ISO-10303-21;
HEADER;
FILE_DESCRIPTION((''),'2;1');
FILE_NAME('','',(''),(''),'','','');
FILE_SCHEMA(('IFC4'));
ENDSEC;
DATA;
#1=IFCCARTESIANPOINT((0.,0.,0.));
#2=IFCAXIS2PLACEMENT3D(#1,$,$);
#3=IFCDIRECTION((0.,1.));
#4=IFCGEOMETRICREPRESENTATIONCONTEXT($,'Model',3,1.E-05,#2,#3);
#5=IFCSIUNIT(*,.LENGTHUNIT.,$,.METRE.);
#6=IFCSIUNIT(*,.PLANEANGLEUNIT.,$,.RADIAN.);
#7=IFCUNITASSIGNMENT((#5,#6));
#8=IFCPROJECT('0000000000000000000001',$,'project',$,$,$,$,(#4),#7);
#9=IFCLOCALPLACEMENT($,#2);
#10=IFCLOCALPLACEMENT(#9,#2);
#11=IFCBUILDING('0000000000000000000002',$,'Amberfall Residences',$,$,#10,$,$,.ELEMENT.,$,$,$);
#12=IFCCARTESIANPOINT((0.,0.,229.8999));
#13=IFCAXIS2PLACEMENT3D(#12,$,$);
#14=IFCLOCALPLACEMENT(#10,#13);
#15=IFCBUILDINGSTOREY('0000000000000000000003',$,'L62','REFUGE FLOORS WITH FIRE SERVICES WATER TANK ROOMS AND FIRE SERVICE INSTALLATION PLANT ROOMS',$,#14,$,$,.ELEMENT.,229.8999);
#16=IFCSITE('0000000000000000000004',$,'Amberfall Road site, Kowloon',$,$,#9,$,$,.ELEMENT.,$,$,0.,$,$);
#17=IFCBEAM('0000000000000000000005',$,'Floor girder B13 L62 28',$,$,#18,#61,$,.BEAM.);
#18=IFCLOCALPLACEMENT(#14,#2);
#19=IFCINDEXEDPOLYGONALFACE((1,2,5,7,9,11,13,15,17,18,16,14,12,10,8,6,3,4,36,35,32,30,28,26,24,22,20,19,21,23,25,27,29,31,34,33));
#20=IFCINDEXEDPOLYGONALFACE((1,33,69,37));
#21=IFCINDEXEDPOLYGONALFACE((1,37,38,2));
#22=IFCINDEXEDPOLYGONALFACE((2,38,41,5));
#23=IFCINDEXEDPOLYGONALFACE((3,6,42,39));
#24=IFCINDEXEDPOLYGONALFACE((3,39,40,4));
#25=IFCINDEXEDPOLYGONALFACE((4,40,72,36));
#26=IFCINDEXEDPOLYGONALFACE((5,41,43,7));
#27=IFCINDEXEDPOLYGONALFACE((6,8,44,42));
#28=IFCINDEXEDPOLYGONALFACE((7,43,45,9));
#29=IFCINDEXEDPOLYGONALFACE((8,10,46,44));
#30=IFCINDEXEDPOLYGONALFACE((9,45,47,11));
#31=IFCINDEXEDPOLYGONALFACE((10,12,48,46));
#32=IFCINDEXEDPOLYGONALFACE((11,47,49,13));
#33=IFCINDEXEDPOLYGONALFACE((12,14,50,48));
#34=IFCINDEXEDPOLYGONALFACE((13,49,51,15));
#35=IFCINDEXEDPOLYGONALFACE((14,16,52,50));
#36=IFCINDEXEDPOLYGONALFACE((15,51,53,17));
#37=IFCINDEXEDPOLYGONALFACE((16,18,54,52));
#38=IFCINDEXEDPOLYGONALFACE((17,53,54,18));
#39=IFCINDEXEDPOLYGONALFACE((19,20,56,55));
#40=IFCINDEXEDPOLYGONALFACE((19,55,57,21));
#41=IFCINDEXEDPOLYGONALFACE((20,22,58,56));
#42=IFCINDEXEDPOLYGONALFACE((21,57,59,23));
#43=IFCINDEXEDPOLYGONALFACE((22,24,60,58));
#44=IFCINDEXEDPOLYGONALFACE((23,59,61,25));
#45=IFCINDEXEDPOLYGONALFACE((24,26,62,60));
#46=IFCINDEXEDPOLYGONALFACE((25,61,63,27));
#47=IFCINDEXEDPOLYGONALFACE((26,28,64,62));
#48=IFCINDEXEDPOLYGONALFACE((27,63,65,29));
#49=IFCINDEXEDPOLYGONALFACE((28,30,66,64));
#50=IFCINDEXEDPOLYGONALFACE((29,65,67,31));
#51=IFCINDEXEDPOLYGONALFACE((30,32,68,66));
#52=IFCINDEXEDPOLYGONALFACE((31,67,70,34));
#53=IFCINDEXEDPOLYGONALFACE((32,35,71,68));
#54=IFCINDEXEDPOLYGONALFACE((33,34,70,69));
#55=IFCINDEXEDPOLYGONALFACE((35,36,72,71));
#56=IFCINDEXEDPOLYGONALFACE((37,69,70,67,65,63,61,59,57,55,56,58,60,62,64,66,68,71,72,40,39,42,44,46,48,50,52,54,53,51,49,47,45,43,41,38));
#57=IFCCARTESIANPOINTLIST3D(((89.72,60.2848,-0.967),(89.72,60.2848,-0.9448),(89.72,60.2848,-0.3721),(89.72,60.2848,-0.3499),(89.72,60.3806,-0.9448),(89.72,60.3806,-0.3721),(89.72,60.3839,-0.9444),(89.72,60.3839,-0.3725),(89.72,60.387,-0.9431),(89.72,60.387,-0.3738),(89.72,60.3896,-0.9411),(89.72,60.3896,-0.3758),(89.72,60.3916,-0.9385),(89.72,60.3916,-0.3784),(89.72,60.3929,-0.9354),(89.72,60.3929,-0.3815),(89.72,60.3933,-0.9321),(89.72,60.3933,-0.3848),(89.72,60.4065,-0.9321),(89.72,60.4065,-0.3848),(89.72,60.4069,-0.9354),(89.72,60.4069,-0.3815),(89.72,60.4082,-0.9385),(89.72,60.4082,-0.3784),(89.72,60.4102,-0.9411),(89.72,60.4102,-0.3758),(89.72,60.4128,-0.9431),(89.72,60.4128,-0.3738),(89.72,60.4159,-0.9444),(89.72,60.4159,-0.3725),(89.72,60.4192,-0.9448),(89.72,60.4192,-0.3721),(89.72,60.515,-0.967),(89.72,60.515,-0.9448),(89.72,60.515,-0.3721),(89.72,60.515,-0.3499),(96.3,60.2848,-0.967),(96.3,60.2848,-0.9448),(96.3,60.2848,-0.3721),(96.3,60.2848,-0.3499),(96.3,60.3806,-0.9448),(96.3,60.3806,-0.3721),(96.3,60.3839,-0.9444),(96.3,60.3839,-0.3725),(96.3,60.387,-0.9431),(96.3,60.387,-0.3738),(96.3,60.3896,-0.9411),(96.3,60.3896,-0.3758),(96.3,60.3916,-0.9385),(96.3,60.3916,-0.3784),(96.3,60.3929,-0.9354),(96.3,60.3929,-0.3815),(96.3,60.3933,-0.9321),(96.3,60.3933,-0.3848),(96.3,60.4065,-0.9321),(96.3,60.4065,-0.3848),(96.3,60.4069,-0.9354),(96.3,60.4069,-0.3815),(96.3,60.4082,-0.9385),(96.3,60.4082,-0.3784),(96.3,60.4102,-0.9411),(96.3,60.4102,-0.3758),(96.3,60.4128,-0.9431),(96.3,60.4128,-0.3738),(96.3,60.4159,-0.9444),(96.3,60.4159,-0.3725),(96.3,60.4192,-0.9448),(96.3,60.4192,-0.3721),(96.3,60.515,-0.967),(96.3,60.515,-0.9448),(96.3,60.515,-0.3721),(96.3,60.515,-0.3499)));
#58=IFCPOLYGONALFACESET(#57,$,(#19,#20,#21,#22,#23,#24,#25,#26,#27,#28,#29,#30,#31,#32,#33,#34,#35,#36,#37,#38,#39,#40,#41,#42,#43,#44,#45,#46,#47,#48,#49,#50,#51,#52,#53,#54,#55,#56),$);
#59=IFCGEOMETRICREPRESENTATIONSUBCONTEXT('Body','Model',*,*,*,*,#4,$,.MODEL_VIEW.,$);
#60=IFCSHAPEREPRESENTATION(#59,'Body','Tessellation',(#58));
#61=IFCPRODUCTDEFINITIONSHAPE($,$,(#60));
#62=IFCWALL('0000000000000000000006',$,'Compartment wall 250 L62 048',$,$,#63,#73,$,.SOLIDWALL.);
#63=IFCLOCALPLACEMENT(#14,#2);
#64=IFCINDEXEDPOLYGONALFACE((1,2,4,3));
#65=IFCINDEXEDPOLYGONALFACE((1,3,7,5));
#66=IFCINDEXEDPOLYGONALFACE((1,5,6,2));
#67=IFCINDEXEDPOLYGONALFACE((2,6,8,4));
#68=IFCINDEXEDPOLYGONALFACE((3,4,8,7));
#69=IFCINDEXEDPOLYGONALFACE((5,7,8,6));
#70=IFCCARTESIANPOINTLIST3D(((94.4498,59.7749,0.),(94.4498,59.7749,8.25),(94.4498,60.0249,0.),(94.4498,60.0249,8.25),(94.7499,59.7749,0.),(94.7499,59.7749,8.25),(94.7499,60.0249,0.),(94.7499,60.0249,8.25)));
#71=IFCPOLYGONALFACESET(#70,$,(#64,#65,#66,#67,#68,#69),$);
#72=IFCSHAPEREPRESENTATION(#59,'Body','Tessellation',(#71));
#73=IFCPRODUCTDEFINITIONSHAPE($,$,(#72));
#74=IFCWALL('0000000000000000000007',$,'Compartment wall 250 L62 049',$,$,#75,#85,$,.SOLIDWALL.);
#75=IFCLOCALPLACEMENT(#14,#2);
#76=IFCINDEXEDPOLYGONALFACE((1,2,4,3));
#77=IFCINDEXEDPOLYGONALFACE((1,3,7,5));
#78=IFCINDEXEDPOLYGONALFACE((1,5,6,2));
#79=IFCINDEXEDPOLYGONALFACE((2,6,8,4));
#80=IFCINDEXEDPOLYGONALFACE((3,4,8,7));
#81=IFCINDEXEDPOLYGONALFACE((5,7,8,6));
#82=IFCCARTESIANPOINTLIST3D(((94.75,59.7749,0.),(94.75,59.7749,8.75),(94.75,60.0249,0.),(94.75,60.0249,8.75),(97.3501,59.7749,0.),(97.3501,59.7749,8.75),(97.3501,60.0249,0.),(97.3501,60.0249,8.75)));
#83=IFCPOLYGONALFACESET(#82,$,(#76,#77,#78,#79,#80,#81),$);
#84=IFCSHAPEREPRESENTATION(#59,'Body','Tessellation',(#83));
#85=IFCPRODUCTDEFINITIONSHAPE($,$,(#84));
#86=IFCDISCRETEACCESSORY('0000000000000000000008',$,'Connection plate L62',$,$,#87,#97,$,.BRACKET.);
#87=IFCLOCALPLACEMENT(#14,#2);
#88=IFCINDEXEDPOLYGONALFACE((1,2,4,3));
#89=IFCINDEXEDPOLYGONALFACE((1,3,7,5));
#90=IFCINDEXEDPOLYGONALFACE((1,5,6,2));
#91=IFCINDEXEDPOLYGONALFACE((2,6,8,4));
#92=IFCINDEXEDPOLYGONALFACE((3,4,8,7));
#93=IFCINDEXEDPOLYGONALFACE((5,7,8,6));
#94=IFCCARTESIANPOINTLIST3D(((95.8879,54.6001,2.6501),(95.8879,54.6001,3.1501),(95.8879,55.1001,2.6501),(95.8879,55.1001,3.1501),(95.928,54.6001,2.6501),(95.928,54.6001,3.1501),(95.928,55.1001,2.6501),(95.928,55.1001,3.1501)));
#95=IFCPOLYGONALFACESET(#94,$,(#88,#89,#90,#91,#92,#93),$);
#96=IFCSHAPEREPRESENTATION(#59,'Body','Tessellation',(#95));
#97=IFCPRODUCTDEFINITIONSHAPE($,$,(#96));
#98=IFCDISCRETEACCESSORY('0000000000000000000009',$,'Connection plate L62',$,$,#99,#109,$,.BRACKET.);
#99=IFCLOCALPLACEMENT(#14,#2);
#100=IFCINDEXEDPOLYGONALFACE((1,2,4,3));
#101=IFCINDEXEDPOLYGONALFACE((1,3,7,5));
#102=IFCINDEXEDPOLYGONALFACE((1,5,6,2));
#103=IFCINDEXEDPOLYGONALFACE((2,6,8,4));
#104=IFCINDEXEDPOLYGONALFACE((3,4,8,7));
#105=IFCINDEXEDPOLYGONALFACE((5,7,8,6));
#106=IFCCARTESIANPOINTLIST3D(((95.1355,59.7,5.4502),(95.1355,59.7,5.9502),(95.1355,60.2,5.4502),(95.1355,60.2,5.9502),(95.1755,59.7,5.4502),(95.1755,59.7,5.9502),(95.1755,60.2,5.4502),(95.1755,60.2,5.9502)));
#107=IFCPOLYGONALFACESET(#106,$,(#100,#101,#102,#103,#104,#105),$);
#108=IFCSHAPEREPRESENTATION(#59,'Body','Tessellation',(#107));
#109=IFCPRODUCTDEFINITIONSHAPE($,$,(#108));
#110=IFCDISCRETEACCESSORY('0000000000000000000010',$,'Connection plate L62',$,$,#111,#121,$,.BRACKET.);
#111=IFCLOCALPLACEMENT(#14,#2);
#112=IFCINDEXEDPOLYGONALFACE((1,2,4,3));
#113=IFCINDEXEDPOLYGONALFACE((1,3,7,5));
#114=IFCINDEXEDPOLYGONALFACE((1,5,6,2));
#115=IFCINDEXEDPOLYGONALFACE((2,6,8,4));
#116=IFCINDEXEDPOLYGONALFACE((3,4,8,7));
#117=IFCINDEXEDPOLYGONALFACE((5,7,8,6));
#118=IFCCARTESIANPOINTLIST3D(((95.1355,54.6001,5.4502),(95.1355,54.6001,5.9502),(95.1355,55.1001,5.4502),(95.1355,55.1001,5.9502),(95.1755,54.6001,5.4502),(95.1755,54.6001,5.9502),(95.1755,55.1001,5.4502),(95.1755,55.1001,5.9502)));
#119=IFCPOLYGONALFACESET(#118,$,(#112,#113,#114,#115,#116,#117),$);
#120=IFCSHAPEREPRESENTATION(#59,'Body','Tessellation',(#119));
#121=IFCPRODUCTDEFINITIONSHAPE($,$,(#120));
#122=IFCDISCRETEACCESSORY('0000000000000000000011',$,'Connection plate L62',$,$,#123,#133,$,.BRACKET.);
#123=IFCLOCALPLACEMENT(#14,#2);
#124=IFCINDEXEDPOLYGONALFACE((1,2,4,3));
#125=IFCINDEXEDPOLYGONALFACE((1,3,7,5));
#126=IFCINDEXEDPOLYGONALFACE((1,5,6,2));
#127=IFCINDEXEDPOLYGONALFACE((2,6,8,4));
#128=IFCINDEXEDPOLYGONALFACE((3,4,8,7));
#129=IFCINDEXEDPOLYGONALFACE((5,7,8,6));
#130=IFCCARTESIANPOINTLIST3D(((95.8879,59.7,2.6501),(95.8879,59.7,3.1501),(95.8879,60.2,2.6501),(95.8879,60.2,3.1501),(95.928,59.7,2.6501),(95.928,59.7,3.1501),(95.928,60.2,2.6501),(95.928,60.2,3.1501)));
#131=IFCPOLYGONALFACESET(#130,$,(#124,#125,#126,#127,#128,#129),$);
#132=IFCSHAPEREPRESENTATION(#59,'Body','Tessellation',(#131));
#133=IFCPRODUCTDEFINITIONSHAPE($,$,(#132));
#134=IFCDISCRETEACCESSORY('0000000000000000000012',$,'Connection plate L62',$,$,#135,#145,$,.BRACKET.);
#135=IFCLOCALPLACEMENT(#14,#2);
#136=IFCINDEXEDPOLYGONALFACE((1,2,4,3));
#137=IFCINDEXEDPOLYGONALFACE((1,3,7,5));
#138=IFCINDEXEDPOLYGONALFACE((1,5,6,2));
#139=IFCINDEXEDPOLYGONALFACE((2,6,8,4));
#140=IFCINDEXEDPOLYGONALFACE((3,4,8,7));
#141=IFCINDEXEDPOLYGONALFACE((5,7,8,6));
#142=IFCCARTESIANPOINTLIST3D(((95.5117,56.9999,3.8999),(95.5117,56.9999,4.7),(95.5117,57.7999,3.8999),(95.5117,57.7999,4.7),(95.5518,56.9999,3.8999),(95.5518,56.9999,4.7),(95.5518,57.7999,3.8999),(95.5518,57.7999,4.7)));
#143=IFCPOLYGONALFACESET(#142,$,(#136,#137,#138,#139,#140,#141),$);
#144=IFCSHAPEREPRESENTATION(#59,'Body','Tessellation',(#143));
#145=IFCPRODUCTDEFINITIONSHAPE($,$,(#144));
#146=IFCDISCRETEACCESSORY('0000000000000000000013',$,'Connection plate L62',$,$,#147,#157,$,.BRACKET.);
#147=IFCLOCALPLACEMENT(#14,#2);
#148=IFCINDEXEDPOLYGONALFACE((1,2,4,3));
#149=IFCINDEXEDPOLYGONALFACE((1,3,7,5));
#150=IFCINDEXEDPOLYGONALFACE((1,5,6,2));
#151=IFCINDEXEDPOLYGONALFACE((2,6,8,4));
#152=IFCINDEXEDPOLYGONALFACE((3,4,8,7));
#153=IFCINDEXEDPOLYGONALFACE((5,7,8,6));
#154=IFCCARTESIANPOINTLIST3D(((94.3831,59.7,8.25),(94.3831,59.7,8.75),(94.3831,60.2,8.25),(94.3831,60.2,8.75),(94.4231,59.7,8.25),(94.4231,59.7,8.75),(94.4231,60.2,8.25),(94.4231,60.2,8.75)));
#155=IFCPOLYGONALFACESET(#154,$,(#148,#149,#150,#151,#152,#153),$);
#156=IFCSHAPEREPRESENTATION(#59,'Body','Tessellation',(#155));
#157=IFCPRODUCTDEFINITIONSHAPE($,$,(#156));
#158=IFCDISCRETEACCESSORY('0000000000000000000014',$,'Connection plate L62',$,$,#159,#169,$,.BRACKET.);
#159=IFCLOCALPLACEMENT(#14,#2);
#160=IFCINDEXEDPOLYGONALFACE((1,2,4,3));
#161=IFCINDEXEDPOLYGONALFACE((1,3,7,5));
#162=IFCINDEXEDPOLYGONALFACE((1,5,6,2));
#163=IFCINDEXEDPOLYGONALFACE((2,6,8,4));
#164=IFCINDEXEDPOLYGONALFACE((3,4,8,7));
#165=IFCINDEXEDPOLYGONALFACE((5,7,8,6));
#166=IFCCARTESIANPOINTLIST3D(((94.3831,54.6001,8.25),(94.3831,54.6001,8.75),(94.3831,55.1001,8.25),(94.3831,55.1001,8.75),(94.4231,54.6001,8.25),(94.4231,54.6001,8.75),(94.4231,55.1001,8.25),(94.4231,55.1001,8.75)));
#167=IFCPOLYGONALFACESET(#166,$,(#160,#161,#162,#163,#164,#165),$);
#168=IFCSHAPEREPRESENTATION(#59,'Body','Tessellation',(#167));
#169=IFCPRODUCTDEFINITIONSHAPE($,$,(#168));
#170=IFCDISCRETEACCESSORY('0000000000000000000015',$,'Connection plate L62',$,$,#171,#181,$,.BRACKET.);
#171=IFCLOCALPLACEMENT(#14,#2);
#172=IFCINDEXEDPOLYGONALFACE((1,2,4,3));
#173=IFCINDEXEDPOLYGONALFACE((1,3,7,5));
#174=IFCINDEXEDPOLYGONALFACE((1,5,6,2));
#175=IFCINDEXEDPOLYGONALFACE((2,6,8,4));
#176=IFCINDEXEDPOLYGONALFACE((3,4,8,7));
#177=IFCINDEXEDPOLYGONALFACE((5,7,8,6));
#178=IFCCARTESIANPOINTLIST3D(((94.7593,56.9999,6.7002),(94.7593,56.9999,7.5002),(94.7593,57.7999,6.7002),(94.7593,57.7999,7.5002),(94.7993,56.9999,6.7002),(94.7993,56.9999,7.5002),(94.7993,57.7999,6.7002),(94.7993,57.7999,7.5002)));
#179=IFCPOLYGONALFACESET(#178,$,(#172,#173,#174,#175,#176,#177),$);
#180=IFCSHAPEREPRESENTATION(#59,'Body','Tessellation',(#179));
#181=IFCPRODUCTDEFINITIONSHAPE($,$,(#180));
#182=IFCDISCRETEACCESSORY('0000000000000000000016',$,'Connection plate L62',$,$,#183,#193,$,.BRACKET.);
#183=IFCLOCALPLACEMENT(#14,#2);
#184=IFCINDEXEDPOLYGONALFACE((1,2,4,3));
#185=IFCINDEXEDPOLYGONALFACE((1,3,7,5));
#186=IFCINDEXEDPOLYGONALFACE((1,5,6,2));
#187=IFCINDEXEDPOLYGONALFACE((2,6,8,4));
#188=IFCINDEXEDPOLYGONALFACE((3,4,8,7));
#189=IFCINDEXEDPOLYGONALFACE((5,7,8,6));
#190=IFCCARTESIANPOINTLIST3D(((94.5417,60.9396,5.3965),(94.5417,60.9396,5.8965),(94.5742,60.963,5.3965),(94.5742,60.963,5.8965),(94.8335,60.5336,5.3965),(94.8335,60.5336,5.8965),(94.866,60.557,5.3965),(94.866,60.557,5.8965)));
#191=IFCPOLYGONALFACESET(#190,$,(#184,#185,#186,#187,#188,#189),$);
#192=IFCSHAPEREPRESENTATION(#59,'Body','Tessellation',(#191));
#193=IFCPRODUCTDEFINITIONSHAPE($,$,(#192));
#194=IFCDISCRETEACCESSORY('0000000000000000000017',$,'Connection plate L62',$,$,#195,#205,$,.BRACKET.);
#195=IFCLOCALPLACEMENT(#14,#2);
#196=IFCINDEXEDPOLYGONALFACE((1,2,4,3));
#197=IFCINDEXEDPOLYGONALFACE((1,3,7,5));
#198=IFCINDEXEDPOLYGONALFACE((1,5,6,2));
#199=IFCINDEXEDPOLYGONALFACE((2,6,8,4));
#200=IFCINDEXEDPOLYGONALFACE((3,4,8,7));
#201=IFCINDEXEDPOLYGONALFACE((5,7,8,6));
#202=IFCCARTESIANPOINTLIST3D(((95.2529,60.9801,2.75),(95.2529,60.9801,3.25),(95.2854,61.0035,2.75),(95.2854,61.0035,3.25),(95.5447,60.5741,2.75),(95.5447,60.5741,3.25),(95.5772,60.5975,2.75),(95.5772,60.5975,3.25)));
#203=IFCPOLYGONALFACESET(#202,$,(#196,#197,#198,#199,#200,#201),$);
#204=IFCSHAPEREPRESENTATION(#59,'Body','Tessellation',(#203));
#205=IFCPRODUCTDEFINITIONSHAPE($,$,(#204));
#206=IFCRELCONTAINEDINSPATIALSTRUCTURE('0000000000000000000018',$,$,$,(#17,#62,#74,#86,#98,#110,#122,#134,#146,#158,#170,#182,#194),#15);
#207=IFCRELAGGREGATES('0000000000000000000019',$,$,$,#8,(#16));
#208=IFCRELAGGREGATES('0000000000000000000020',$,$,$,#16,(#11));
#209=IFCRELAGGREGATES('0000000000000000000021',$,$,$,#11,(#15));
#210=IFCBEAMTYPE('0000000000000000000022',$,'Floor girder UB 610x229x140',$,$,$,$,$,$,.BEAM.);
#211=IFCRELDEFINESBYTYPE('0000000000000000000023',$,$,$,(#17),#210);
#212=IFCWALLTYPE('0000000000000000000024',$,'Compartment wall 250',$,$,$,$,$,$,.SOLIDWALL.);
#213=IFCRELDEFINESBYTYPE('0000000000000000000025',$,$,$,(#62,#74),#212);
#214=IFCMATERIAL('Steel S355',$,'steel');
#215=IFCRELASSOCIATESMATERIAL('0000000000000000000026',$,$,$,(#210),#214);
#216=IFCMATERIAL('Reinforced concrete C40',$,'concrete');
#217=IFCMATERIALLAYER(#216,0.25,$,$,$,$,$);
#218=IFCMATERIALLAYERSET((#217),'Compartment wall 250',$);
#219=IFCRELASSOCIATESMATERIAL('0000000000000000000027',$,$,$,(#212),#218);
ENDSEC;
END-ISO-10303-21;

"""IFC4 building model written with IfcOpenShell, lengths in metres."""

from ifc_helpers import new_model, si_unit, direction, frame, frame_2d, origin, origin_2d, place, context, subcontext, project, spatial, rectangle, i_section, extrude, material, layer, layer_set, material_profile, profile_set, type_object, element, save


model = new_model("IFC4")

# Units and contexts
model_context = context("Model", 3, precision=1e-05, world=origin(), true_north=direction((0.0, 1.0)))
body_context = subcontext(model_context, "Body", "Model", "MODEL_VIEW")
ifc_project = project(units=[si_unit("LENGTHUNIT", "METRE"), si_unit("PLANEANGLEUNIT", "RADIAN")], contexts=[model_context])

# Site, building, storey
site_placement = place(None, origin())
site = spatial("IfcSite", under=ifc_project, at=site_placement, Name="Amberfall Road site, Kowloon", CompositionType="ELEMENT", RefElevation=0.0)
building_placement = place(site_placement, origin())
building = spatial("IfcBuilding", under=site, at=building_placement, Name="Amberfall Residences", CompositionType="ELEMENT")
storey_placement = place(building_placement, frame((0.0, 0.0, 229.8999)))
storey = spatial("IfcBuildingStorey", under=building, at=storey_placement, Name="L62", Description="REFUGE FLOORS WITH FIRE SERVICES WATER TANK ROOMS AND FIRE SERVICE INSTALLATION PLANT ROOMS", CompositionType="ELEMENT", Elevation=229.8999)

# Shared definitions
ifc_material_1 = material(Name="Steel S355", Category="steel")

# Beam
ifc_material_profile_1 = material_profile(ifc_material_1, i_section(OverallWidth=0.2302, OverallDepth=0.6172, WebThickness=0.0132, FlangeThickness=0.0222, FilletRadius=0.0127, at=origin_2d()), Name="UB 610x229x140")
ifc_profile_set_1 = profile_set([ifc_material_profile_1], Name="Steel S355")
beam_type_1 = type_object("IfcBeamType", Name="Floor girder UB 610x229x140", PredefinedType="BEAM", material=ifc_profile_set_1)
beam_1_placement = place(storey_placement, frame((96.3, 60.3999, -0.6584), z_axis=(-1.0, 0.0, 0.0), x_axis=(0.0, -1.0, 0.0)))
element("IfcBeam", 1, at=beam_1_placement, inside=storey, type_object=beam_type_1, Name="Floor girder B13 L62 28", PredefinedType="BEAM", context=body_context, shape_type="SweptSolid", body=[
    extrude(i_section(OverallWidth=0.2302, OverallDepth=0.6172, WebThickness=0.0132, FlangeThickness=0.0222, FilletRadius=0.0127, at=origin_2d()), origin(), (0.0, 0.0, 1.0), 6.5801),
])

# Walls
ifc_material_2 = material(Name="Reinforced concrete C40", Category="concrete")
ifc_layer = layer(ifc_material_2, 0.25)
ifc_layer_set = layer_set([ifc_layer], Name="Compartment wall 250")
wall_type = type_object("IfcWallType", Name="Compartment wall 250", PredefinedType="SOLIDWALL", material=ifc_layer_set)
wall_1_placement = place(storey_placement, frame((94.45, 59.8999, 0.0), z_axis=(0.0, 0.0, 1.0), x_axis=(1.0, 0.0, 0.0)))
element("IfcWall", 2, at=wall_1_placement, inside=storey, type_object=wall_type, Name="Compartment wall 250 L62 048", PredefinedType="SOLIDWALL", context=body_context, shape_type="SweptSolid", body=[
    extrude(rectangle(XDim=0.3, YDim=0.25, at=frame_2d((0.1499, 0.0))), origin(), (0.0, 0.0, 1.0), 8.25),
])
wall_2_placement = place(storey_placement, frame((94.75, 59.8999, 0.0), z_axis=(0.0, 0.0, 1.0), x_axis=(1.0, 0.0, 0.0)))
element("IfcWall", 3, at=wall_2_placement, inside=storey, type_object=wall_type, Name="Compartment wall 250 L62 049", PredefinedType="SOLIDWALL", context=body_context, shape_type="SweptSolid", body=[
    extrude(rectangle(XDim=2.6001, YDim=0.25, at=frame_2d((1.3, 0.0))), origin(), (0.0, 0.0, 1.0), 8.75),
])

# Discrete accessories
for number, where, z_axis, x_axis, name in (
    (4, (95.908, 54.8501, 2.6501), (0.0, 0.0, 1.0), (0.0, 1.0, 0.0), "Connection plate L62"),
    (5, (95.1555, 59.95, 5.4502), (0.0, 0.0, 1.0), (0.0, 1.0, 0.0), "Connection plate L62"),
    (6, (95.1555, 54.8501, 5.4502), (0.0, 0.0, 1.0), (0.0, 1.0, 0.0), "Connection plate L62"),
    (7, (95.908, 59.95, 2.6501), (0.0, 0.0, 1.0), (0.0, 1.0, 0.0), "Connection plate L62"),
):
    element("IfcDiscreteAccessory", number, at=place(storey_placement, frame(where, z_axis=z_axis, x_axis=x_axis)), inside=storey, Name=name, PredefinedType="BRACKET", context=body_context, shape_type="SweptSolid", body=[
        extrude(rectangle(XDim=0.5, YDim=0.04, at=origin_2d()), origin(), (0.0, 0.0, 1.0), 0.5),
    ])
discrete_accessory_1_placement = place(storey_placement, frame((95.5317, 57.3999, 3.8999), z_axis=(0.0, 0.0, 1.0), x_axis=(0.0, 1.0, 0.0)))
element("IfcDiscreteAccessory", 8, at=discrete_accessory_1_placement, inside=storey, Name="Connection plate L62", PredefinedType="BRACKET", context=body_context, shape_type="SweptSolid", body=[
    extrude(rectangle(XDim=0.8, YDim=0.04, at=origin_2d()), origin(), (0.0, 0.0, 1.0), 0.8),
])
for number, where, z_axis, x_axis, name in (
    (9, (94.4031, 59.95, 8.25), (0.0, 0.0, 1.0), (0.0, 1.0, 0.0), "Connection plate L62"),
    (10, (94.4031, 54.8501, 8.25), (0.0, 0.0, 1.0), (0.0, 1.0, 0.0), "Connection plate L62"),
):
    element("IfcDiscreteAccessory", number, at=place(storey_placement, frame(where, z_axis=z_axis, x_axis=x_axis)), inside=storey, Name=name, PredefinedType="BRACKET", context=body_context, shape_type="SweptSolid", body=[
        extrude(rectangle(XDim=0.5, YDim=0.04, at=origin_2d()), origin(), (0.0, 0.0, 1.0), 0.5),
    ])
discrete_accessory_2_placement = place(storey_placement, frame((94.7793, 57.3999, 6.7002), z_axis=(0.0, 0.0, 1.0), x_axis=(0.0, 1.0, 0.0)))
element("IfcDiscreteAccessory", 11, at=discrete_accessory_2_placement, inside=storey, Name="Connection plate L62", PredefinedType="BRACKET", context=body_context, shape_type="SweptSolid", body=[
    extrude(rectangle(XDim=0.8, YDim=0.04, at=origin_2d()), origin(), (0.0, 0.0, 1.0), 0.8),
])
for number, where, z_axis, x_axis, name in (
    (12, (94.7039, 60.7483, 5.3965), (0.0, 0.0, 1.0), (0.583655, -0.812002, 0.0), "Connection plate L62"),
    (13, (95.415, 60.7888, 2.75), (0.0, 0.0, 1.0), (0.583655, -0.812002, 0.0), "Connection plate L62"),
):
    element("IfcDiscreteAccessory", number, at=place(storey_placement, frame(where, z_axis=z_axis, x_axis=x_axis)), inside=storey, Name=name, PredefinedType="BRACKET", context=body_context, shape_type="SweptSolid", body=[
        extrude(rectangle(XDim=0.5, YDim=0.04, at=origin_2d()), origin(), (0.0, 0.0, 1.0), 0.5),
    ])

save(model, "model.ifc")
